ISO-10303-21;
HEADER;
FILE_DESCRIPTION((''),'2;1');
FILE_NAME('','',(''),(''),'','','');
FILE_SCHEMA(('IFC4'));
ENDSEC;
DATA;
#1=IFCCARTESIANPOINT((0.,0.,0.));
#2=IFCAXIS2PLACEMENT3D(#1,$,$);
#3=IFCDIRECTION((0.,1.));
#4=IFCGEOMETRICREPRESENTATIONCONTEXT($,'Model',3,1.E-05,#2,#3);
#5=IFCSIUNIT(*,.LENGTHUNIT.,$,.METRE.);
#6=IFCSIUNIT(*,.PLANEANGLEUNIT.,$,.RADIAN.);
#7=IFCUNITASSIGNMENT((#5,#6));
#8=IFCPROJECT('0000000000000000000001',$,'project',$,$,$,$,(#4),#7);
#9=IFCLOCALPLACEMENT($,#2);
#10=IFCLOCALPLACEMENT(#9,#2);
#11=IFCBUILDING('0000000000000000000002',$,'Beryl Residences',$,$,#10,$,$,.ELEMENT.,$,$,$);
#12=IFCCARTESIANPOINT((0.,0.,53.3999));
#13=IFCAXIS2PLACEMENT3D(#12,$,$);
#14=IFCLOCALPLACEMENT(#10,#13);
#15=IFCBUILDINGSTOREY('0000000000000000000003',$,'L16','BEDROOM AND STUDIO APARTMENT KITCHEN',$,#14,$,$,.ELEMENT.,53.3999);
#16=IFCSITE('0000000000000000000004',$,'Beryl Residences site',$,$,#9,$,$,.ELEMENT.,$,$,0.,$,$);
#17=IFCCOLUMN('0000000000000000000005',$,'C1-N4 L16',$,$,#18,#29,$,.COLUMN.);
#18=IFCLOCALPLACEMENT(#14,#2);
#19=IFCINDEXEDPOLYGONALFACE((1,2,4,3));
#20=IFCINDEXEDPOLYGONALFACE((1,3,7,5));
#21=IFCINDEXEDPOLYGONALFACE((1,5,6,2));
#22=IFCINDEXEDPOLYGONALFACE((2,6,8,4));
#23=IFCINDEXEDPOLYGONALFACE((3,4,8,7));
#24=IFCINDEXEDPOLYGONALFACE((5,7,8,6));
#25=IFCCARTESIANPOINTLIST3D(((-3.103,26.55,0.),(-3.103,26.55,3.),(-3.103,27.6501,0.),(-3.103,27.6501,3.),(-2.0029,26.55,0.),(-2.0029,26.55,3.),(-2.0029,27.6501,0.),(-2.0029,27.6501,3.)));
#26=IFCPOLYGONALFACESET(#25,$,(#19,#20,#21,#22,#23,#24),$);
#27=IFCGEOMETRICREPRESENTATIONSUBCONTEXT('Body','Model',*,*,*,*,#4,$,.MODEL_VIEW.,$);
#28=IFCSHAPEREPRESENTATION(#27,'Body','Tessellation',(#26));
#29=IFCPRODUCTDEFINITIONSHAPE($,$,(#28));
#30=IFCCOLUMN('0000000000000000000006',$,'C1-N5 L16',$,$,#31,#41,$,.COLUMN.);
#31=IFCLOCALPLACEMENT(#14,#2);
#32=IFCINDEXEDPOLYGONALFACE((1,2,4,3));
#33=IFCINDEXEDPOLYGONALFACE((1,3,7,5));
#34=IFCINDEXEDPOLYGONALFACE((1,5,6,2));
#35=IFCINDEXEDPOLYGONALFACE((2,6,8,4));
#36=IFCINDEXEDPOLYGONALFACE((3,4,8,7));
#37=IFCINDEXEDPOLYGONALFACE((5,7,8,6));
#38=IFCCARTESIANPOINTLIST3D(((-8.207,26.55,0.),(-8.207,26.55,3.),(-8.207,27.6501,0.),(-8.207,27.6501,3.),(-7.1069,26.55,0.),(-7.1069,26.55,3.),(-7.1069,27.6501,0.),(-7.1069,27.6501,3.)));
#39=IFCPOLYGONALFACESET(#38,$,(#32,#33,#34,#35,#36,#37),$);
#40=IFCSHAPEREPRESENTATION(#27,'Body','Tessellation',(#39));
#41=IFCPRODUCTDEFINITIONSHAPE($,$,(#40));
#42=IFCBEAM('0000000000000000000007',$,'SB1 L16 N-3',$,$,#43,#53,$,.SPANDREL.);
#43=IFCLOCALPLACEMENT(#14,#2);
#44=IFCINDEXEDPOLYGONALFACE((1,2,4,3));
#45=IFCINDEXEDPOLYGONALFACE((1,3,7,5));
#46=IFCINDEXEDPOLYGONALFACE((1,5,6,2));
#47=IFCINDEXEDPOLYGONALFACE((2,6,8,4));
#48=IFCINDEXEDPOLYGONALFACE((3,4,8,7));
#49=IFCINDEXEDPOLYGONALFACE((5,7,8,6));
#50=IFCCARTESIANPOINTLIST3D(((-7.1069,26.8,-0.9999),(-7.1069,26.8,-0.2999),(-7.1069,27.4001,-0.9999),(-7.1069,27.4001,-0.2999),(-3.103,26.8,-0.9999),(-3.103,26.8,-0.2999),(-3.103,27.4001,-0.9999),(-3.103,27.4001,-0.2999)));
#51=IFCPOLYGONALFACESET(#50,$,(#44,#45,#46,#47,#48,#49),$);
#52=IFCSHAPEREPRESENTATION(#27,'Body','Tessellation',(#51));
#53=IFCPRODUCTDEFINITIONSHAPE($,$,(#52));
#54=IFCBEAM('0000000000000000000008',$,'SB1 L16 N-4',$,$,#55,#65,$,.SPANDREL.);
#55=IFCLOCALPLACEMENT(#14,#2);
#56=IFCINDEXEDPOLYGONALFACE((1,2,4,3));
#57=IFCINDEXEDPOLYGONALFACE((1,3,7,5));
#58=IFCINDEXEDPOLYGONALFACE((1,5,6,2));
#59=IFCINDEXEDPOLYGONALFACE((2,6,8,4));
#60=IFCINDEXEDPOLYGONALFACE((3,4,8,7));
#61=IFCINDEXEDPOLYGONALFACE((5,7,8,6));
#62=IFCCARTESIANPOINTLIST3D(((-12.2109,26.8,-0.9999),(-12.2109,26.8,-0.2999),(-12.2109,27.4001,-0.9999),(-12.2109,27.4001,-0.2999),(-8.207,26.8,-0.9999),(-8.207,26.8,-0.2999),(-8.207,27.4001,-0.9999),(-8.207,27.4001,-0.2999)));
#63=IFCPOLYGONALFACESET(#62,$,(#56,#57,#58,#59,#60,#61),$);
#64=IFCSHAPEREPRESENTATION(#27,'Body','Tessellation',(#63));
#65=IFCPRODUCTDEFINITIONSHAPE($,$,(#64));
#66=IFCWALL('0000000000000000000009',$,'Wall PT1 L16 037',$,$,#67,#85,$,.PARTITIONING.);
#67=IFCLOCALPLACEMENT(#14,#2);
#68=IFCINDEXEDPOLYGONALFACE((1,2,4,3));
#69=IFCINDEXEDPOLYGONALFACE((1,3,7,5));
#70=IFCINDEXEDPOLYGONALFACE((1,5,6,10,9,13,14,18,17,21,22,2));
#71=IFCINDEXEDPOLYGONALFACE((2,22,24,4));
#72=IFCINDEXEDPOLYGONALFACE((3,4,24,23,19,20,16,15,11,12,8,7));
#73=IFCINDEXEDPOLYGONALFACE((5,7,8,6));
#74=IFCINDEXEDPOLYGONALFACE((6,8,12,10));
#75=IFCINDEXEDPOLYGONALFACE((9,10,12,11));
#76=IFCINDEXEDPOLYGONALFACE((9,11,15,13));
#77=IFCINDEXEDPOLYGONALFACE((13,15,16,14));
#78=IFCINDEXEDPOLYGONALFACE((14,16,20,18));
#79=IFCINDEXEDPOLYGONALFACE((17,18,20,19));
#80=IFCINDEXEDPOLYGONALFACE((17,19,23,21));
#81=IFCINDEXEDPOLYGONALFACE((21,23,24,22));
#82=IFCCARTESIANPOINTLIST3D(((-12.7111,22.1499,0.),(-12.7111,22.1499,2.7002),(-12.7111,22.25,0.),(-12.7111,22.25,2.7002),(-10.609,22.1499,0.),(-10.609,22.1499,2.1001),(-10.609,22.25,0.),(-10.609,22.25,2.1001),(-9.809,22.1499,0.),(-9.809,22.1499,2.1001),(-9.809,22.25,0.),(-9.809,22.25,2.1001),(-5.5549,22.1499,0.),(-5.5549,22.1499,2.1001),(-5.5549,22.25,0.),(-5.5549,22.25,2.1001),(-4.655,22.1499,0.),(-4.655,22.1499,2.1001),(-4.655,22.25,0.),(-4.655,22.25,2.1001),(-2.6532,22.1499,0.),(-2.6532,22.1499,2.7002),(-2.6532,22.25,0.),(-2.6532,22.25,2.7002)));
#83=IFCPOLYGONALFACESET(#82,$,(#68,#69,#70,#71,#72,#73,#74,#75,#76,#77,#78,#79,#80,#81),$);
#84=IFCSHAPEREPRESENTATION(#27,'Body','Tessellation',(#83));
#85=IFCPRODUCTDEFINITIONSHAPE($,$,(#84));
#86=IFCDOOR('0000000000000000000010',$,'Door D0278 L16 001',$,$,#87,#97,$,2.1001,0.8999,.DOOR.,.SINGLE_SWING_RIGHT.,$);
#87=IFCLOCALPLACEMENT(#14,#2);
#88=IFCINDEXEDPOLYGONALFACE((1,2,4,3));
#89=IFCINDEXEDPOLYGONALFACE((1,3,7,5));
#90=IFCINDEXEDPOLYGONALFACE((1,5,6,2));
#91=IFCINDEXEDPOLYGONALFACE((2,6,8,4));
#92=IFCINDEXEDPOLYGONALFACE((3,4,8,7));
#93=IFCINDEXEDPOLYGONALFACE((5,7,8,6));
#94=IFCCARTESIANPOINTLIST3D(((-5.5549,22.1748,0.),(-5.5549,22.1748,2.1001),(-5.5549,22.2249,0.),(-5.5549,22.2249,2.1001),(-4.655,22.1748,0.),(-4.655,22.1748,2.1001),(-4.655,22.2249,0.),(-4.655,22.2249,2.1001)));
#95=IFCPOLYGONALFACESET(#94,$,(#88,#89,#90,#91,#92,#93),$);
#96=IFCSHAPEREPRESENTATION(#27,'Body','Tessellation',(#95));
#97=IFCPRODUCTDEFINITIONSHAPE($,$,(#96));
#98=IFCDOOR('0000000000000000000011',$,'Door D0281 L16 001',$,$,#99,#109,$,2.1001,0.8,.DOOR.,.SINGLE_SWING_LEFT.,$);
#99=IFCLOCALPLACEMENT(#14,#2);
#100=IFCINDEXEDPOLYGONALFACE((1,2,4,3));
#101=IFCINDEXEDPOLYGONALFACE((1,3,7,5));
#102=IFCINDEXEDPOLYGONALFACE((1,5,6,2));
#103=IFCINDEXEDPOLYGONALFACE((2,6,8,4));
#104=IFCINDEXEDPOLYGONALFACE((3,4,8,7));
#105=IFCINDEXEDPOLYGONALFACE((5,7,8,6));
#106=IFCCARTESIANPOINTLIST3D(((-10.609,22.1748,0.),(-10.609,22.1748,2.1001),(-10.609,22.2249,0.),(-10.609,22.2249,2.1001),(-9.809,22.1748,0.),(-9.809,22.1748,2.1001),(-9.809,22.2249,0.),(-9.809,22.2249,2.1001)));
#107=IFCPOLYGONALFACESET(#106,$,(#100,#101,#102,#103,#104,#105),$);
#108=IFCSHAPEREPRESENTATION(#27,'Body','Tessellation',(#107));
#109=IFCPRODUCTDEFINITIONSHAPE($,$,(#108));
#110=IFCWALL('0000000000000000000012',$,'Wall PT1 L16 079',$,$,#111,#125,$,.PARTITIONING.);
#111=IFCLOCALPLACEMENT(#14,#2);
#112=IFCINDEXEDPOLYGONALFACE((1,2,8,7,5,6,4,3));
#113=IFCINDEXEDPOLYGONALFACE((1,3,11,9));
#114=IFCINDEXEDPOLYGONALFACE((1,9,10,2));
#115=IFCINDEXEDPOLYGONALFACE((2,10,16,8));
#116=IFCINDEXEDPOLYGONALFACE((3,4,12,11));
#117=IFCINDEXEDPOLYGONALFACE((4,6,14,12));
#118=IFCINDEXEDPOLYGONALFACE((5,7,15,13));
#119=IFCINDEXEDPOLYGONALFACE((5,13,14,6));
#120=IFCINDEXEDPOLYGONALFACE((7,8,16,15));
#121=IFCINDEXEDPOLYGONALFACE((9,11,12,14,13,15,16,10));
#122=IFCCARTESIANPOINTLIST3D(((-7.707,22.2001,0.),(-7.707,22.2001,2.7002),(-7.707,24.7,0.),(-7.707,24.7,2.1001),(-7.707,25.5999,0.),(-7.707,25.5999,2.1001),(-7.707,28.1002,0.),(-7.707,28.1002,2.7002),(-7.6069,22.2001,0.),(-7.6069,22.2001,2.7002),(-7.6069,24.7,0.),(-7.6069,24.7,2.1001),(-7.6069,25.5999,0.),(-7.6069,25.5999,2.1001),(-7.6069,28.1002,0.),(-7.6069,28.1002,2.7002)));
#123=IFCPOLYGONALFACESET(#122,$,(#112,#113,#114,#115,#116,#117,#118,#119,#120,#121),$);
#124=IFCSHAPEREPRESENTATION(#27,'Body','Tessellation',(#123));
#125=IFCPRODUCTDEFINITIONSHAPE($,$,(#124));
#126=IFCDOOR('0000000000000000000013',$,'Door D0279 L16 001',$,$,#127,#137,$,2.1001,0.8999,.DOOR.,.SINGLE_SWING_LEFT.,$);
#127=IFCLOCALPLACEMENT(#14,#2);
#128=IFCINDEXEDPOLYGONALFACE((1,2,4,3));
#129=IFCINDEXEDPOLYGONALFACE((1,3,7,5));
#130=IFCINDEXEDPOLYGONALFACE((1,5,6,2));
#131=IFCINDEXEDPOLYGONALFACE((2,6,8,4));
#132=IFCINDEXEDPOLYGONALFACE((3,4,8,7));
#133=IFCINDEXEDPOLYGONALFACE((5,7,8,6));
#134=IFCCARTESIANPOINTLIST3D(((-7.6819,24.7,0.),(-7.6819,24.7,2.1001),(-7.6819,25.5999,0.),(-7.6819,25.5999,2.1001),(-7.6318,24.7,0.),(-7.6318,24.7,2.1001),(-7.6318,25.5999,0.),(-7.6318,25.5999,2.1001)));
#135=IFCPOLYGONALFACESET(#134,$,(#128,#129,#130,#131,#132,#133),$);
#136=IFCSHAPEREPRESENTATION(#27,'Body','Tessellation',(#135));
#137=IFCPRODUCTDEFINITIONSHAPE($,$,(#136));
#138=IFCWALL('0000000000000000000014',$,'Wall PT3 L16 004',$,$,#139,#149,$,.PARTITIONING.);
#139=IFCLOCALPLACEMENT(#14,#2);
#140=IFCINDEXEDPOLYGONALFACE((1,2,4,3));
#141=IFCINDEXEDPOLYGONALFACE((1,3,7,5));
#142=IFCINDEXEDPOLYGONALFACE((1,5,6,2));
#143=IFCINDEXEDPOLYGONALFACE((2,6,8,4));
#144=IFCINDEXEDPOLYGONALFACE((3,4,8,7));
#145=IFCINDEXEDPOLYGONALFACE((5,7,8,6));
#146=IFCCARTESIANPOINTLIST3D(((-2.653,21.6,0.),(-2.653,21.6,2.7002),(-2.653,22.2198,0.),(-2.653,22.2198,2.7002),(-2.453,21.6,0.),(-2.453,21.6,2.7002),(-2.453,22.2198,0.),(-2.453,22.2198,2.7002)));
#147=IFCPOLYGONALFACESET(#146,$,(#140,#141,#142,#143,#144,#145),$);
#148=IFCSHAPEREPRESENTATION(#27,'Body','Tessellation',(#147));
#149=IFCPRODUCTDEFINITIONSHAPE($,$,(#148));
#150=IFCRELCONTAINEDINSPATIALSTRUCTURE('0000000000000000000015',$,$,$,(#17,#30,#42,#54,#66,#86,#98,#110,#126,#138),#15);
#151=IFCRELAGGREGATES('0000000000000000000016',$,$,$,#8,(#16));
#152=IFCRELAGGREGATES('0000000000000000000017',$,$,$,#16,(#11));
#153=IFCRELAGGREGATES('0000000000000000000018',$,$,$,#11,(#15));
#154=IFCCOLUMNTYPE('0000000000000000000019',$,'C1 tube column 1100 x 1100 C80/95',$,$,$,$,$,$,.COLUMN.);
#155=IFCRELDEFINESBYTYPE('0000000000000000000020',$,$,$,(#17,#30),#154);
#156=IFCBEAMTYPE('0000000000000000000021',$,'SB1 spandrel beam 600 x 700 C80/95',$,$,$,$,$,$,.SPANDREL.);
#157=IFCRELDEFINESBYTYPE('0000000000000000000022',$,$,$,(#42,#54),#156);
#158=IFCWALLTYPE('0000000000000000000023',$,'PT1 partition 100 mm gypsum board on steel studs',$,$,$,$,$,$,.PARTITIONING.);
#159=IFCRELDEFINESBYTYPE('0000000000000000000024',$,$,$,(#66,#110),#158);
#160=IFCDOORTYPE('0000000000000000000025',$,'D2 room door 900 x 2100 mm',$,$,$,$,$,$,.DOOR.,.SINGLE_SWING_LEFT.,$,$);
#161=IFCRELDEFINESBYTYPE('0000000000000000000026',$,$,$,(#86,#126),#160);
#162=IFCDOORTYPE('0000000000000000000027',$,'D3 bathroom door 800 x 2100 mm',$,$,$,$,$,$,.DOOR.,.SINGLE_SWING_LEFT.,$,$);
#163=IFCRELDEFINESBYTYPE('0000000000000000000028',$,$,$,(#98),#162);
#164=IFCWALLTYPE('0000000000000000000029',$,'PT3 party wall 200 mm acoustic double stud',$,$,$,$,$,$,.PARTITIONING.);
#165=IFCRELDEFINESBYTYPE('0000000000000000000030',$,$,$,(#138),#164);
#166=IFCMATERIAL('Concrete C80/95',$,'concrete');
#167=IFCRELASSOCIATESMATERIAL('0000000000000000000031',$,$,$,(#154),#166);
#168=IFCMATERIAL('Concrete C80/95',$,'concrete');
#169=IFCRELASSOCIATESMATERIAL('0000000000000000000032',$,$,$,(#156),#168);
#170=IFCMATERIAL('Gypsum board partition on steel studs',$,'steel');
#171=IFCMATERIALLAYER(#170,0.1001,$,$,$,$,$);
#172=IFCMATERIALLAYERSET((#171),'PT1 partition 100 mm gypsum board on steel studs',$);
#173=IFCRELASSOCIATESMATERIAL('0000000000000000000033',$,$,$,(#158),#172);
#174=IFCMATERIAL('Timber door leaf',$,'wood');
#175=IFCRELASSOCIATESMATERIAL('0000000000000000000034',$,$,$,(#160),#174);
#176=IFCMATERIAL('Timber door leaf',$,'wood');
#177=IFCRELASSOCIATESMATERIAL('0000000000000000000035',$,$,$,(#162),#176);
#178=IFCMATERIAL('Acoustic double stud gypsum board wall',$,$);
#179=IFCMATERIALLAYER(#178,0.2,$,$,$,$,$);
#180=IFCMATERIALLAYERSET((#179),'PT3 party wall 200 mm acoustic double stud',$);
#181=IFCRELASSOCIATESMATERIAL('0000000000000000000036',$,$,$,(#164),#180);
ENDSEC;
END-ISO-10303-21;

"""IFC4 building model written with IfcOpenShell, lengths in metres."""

from ifc_helpers import new_model, si_unit, direction, frame, frame_2d, origin, origin_2d, place, context, subcontext, project, spatial, rectangle, extrude, material, layer, layer_set, material_profile, profile_set, type_object, element, fill, save


model = new_model("IFC4")

# Units and contexts
model_context = context("Model", 3, precision=1e-05, world=origin(), true_north=direction((0.0, 1.0)))
body_context = subcontext(model_context, "Body", "Model", "MODEL_VIEW")
ifc_project = project(units=[si_unit("LENGTHUNIT", "METRE"), si_unit("PLANEANGLEUNIT", "RADIAN")], contexts=[model_context])

# Site, building, storey
site_placement = place(None, origin())
site = spatial("IfcSite", under=ifc_project, at=site_placement, Name="Beryl Residences site", CompositionType="ELEMENT", RefElevation=0.0)
building_placement = place(site_placement, origin())
building = spatial("IfcBuilding", under=site, at=building_placement, Name="Beryl Residences", CompositionType="ELEMENT")
storey_placement = place(building_placement, frame((0.0, 0.0, 53.3999)))
storey = spatial("IfcBuildingStorey", under=building, at=storey_placement, Name="L16", Description="BEDROOM AND STUDIO APARTMENT KITCHEN", CompositionType="ELEMENT", Elevation=53.3999)

# Columns
ifc_material_1 = material(Name="Concrete C80/95", Category="concrete")
ifc_material_profile_1 = material_profile(ifc_material_1, rectangle(XDim=1.1001, YDim=1.1001, at=origin_2d()))
ifc_profile_set_1 = profile_set([ifc_material_profile_1], Name="Concrete C80/95")
column_type = type_object("IfcColumnType", Name="C1 tube column 1100 x 1100 C80/95", PredefinedType="COLUMN", material=ifc_profile_set_1)
for number, where, z_axis, x_axis, name in (
    (1, (-2.553, 27.1001, 0.0), (0.0, 0.0, 1.0), (-1.0, 0.0, 0.0), "C1-N4 L16"),
    (2, (-7.657, 27.1001, 0.0), (0.0, 0.0, 1.0), (-1.0, 0.0, 0.0), "C1-N5 L16"),
):
    element("IfcColumn", number, at=place(storey_placement, frame(where, z_axis=z_axis, x_axis=x_axis)), inside=storey, type_object=column_type, Name=name, PredefinedType="COLUMN", context=body_context, shape_type="SweptSolid", body=[
        extrude(rectangle(XDim=1.1001, YDim=1.1001, at=origin_2d()), origin(), (0.0, 0.0, 1.0), 3.0),
    ])

# Beams
ifc_material_2 = material(Name="Concrete C80/95", Category="concrete")
ifc_material_profile_2 = material_profile(ifc_material_2, rectangle(XDim=0.6001, YDim=0.7, at=origin_2d()))
ifc_profile_set_2 = profile_set([ifc_material_profile_2], Name="Concrete C80/95")
beam_type = type_object("IfcBeamType", Name="SB1 spandrel beam 600 x 700 C80/95", PredefinedType="SPANDREL", material=ifc_profile_set_2)
for number, where, z_axis, x_axis, name in (
    (3, (-3.103, 27.1001, -0.6499), (-1.0, 0.0, 0.0), (0.0, -1.0, 0.0), "SB1 L16 N-3"),
    (4, (-8.207, 27.1001, -0.6499), (-1.0, 0.0, 0.0), (0.0, -1.0, 0.0), "SB1 L16 N-4"),
):
    element("IfcBeam", number, at=place(storey_placement, frame(where, z_axis=z_axis, x_axis=x_axis)), inside=storey, type_object=beam_type, Name=name, PredefinedType="SPANDREL", context=body_context, shape_type="SweptSolid", body=[
        extrude(rectangle(XDim=0.6001, YDim=0.7, at=origin_2d()), origin(), (0.0, 0.0, 1.0), 4.0039),
    ])

# Wall, openings, doors
ifc_material_3 = material(Name="Gypsum board partition on steel studs", Category="steel")
ifc_layer_1 = layer(ifc_material_3, 0.1001)
ifc_layer_set_1 = layer_set([ifc_layer_1], Name="PT1 partition 100 mm gypsum board on steel studs")
wall_type_1 = type_object("IfcWallType", Name="PT1 partition 100 mm gypsum board on steel studs", PredefinedType="PARTITIONING", material=ifc_layer_set_1)
wall_1_placement = place(storey_placement, frame((-12.7109, 22.2, 0.0), z_axis=(0.0, 0.0, 1.0), x_axis=(1.0, 0.0, 0.0)))
wall_1 = element("IfcWall", 5, at=wall_1_placement, inside=storey, type_object=wall_type_1, Name="Wall PT1 L16 037", PredefinedType="PARTITIONING", context=body_context, shape_type="SweptSolid", body=[
    extrude(rectangle(XDim=10.0579, YDim=0.1001, at=frame_2d((5.0288, 0.0))), origin(), (0.0, 0.0, 1.0), 2.7002),
])
opening_1_placement = place(wall_1_placement, frame((7.156, 0.0, 0.0)))
opening_1 = element("IfcOpeningElement", 6, at=opening_1_placement, cuts=wall_1, PredefinedType="OPENING", context=body_context, shape_type="SweptSolid", body=[
    extrude(rectangle(XDim=0.8999, YDim=2.1001, at=frame_2d((0.45, 1.05))), frame((0.0, 0.0601, 0.0), z_axis=(0.0, -1.0, 0.0), x_axis=(1.0, 0.0, 0.0)), (0.0, 0.0, 1.0), 0.1201),
])
opening_2_placement = place(wall_1_placement, frame((2.1021, 0.0, 0.0)))
opening_2 = element("IfcOpeningElement", 7, at=opening_2_placement, cuts=wall_1, PredefinedType="OPENING", context=body_context, shape_type="SweptSolid", body=[
    extrude(rectangle(XDim=0.8, YDim=2.1001, at=frame_2d((0.3999, 1.05))), frame((0.0, 0.0601, 0.0), z_axis=(0.0, -1.0, 0.0), x_axis=(1.0, 0.0, 0.0)), (0.0, 0.0, 1.0), 0.1201),
])
ifc_material_4 = material(Name="Timber door leaf", Category="wood")
door_type_1 = type_object("IfcDoorType", Name="D2 room door 900 x 2100 mm", OperationType="SINGLE_SWING_LEFT", PredefinedType="DOOR", material=ifc_material_4)
door_1_placement = place(opening_1_placement, origin())
door_1 = element("IfcDoor", 8, at=door_1_placement, inside=storey, type_object=door_type_1, Name="Door D0278 L16 001", OperationType="SINGLE_SWING_RIGHT", OverallHeight=2.1001, OverallWidth=0.8999, PredefinedType="DOOR", context=body_context, shape_type="SweptSolid", body=[
    extrude(rectangle(XDim=0.8999, YDim=2.1001, at=frame_2d((0.45, 1.05))), frame((0.0, 0.0249, 0.0), z_axis=(0.0, -1.0, 0.0), x_axis=(1.0, 0.0, 0.0)), (0.0, 0.0, 1.0), 0.05),
])
fill(opening_1, door_1)
ifc_material_5 = material(Name="Timber door leaf", Category="wood")
door_type_2 = type_object("IfcDoorType", Name="D3 bathroom door 800 x 2100 mm", OperationType="SINGLE_SWING_LEFT", PredefinedType="DOOR", material=ifc_material_5)
door_2_placement = place(opening_2_placement, origin())
door_2 = element("IfcDoor", 9, at=door_2_placement, inside=storey, type_object=door_type_2, Name="Door D0281 L16 001", OperationType="SINGLE_SWING_LEFT", OverallHeight=2.1001, OverallWidth=0.8, PredefinedType="DOOR", context=body_context, shape_type="SweptSolid", body=[
    extrude(rectangle(XDim=0.8, YDim=2.1001, at=frame_2d((0.3999, 1.05))), frame((0.0, 0.0249, 0.0), z_axis=(0.0, -1.0, 0.0), x_axis=(1.0, 0.0, 0.0)), (0.0, 0.0, 1.0), 0.05),
])
fill(opening_2, door_2)

# Wall, opening, door
wall_2_placement = place(storey_placement, frame((-7.657, 22.2, 0.0), z_axis=(0.0, 0.0, 1.0), x_axis=(0.0, 1.0, 0.0)))
wall_2 = element("IfcWall", 10, at=wall_2_placement, inside=storey, type_object=wall_type_1, Name="Wall PT1 L16 079", PredefinedType="PARTITIONING", context=body_context, shape_type="SweptSolid", body=[
    extrude(rectangle(XDim=5.9001, YDim=0.1001, at=frame_2d((2.9502, 0.0))), origin(), (0.0, 0.0, 1.0), 2.7002),
])
opening_3_placement = place(wall_2_placement, frame((2.5, 0.0, 0.0)))
opening_3 = element("IfcOpeningElement", 11, at=opening_3_placement, cuts=wall_2, PredefinedType="OPENING", context=body_context, shape_type="SweptSolid", body=[
    extrude(rectangle(XDim=0.8999, YDim=2.1001, at=frame_2d((0.45, 1.05))), frame((0.0, 0.0601, 0.0), z_axis=(0.0, -1.0, 0.0), x_axis=(1.0, 0.0, 0.0)), (0.0, 0.0, 1.0), 0.1201),
])
door_3_placement = place(opening_3_placement, origin())
door_3 = element("IfcDoor", 12, at=door_3_placement, inside=storey, type_object=door_type_1, Name="Door D0279 L16 001", OperationType="SINGLE_SWING_LEFT", OverallHeight=2.1001, OverallWidth=0.8999, PredefinedType="DOOR", context=body_context, shape_type="SweptSolid", body=[
    extrude(rectangle(XDim=0.8999, YDim=2.1001, at=frame_2d((0.45, 1.05))), frame((0.0, 0.0249, 0.0), z_axis=(0.0, -1.0, 0.0), x_axis=(1.0, 0.0, 0.0)), (0.0, 0.0, 1.0), 0.05),
])
fill(opening_3, door_3)

# Wall
ifc_material_6 = material(Name="Acoustic double stud gypsum board wall")
ifc_layer_2 = layer(ifc_material_6, 0.2)
ifc_layer_set_2 = layer_set([ifc_layer_2], Name="PT3 party wall 200 mm acoustic double stud")
wall_type_2 = type_object("IfcWallType", Name="PT3 party wall 200 mm acoustic double stud", PredefinedType="PARTITIONING", material=ifc_layer_set_2)
wall_3_placement = place(storey_placement, frame((-2.553, 22.22, 0.0), z_axis=(0.0, 0.0, 1.0), x_axis=(0.0, -1.0, 0.0)))
element("IfcWall", 13, at=wall_3_placement, inside=storey, type_object=wall_type_2, Name="Wall PT3 L16 004", PredefinedType="PARTITIONING", context=body_context, shape_type="SweptSolid", body=[
    extrude(rectangle(XDim=0.6199, YDim=0.2, at=frame_2d((0.3101, 0.0))), origin(), (0.0, 0.0, 1.0), 2.7002),
])

save(model, "model.ifc")
